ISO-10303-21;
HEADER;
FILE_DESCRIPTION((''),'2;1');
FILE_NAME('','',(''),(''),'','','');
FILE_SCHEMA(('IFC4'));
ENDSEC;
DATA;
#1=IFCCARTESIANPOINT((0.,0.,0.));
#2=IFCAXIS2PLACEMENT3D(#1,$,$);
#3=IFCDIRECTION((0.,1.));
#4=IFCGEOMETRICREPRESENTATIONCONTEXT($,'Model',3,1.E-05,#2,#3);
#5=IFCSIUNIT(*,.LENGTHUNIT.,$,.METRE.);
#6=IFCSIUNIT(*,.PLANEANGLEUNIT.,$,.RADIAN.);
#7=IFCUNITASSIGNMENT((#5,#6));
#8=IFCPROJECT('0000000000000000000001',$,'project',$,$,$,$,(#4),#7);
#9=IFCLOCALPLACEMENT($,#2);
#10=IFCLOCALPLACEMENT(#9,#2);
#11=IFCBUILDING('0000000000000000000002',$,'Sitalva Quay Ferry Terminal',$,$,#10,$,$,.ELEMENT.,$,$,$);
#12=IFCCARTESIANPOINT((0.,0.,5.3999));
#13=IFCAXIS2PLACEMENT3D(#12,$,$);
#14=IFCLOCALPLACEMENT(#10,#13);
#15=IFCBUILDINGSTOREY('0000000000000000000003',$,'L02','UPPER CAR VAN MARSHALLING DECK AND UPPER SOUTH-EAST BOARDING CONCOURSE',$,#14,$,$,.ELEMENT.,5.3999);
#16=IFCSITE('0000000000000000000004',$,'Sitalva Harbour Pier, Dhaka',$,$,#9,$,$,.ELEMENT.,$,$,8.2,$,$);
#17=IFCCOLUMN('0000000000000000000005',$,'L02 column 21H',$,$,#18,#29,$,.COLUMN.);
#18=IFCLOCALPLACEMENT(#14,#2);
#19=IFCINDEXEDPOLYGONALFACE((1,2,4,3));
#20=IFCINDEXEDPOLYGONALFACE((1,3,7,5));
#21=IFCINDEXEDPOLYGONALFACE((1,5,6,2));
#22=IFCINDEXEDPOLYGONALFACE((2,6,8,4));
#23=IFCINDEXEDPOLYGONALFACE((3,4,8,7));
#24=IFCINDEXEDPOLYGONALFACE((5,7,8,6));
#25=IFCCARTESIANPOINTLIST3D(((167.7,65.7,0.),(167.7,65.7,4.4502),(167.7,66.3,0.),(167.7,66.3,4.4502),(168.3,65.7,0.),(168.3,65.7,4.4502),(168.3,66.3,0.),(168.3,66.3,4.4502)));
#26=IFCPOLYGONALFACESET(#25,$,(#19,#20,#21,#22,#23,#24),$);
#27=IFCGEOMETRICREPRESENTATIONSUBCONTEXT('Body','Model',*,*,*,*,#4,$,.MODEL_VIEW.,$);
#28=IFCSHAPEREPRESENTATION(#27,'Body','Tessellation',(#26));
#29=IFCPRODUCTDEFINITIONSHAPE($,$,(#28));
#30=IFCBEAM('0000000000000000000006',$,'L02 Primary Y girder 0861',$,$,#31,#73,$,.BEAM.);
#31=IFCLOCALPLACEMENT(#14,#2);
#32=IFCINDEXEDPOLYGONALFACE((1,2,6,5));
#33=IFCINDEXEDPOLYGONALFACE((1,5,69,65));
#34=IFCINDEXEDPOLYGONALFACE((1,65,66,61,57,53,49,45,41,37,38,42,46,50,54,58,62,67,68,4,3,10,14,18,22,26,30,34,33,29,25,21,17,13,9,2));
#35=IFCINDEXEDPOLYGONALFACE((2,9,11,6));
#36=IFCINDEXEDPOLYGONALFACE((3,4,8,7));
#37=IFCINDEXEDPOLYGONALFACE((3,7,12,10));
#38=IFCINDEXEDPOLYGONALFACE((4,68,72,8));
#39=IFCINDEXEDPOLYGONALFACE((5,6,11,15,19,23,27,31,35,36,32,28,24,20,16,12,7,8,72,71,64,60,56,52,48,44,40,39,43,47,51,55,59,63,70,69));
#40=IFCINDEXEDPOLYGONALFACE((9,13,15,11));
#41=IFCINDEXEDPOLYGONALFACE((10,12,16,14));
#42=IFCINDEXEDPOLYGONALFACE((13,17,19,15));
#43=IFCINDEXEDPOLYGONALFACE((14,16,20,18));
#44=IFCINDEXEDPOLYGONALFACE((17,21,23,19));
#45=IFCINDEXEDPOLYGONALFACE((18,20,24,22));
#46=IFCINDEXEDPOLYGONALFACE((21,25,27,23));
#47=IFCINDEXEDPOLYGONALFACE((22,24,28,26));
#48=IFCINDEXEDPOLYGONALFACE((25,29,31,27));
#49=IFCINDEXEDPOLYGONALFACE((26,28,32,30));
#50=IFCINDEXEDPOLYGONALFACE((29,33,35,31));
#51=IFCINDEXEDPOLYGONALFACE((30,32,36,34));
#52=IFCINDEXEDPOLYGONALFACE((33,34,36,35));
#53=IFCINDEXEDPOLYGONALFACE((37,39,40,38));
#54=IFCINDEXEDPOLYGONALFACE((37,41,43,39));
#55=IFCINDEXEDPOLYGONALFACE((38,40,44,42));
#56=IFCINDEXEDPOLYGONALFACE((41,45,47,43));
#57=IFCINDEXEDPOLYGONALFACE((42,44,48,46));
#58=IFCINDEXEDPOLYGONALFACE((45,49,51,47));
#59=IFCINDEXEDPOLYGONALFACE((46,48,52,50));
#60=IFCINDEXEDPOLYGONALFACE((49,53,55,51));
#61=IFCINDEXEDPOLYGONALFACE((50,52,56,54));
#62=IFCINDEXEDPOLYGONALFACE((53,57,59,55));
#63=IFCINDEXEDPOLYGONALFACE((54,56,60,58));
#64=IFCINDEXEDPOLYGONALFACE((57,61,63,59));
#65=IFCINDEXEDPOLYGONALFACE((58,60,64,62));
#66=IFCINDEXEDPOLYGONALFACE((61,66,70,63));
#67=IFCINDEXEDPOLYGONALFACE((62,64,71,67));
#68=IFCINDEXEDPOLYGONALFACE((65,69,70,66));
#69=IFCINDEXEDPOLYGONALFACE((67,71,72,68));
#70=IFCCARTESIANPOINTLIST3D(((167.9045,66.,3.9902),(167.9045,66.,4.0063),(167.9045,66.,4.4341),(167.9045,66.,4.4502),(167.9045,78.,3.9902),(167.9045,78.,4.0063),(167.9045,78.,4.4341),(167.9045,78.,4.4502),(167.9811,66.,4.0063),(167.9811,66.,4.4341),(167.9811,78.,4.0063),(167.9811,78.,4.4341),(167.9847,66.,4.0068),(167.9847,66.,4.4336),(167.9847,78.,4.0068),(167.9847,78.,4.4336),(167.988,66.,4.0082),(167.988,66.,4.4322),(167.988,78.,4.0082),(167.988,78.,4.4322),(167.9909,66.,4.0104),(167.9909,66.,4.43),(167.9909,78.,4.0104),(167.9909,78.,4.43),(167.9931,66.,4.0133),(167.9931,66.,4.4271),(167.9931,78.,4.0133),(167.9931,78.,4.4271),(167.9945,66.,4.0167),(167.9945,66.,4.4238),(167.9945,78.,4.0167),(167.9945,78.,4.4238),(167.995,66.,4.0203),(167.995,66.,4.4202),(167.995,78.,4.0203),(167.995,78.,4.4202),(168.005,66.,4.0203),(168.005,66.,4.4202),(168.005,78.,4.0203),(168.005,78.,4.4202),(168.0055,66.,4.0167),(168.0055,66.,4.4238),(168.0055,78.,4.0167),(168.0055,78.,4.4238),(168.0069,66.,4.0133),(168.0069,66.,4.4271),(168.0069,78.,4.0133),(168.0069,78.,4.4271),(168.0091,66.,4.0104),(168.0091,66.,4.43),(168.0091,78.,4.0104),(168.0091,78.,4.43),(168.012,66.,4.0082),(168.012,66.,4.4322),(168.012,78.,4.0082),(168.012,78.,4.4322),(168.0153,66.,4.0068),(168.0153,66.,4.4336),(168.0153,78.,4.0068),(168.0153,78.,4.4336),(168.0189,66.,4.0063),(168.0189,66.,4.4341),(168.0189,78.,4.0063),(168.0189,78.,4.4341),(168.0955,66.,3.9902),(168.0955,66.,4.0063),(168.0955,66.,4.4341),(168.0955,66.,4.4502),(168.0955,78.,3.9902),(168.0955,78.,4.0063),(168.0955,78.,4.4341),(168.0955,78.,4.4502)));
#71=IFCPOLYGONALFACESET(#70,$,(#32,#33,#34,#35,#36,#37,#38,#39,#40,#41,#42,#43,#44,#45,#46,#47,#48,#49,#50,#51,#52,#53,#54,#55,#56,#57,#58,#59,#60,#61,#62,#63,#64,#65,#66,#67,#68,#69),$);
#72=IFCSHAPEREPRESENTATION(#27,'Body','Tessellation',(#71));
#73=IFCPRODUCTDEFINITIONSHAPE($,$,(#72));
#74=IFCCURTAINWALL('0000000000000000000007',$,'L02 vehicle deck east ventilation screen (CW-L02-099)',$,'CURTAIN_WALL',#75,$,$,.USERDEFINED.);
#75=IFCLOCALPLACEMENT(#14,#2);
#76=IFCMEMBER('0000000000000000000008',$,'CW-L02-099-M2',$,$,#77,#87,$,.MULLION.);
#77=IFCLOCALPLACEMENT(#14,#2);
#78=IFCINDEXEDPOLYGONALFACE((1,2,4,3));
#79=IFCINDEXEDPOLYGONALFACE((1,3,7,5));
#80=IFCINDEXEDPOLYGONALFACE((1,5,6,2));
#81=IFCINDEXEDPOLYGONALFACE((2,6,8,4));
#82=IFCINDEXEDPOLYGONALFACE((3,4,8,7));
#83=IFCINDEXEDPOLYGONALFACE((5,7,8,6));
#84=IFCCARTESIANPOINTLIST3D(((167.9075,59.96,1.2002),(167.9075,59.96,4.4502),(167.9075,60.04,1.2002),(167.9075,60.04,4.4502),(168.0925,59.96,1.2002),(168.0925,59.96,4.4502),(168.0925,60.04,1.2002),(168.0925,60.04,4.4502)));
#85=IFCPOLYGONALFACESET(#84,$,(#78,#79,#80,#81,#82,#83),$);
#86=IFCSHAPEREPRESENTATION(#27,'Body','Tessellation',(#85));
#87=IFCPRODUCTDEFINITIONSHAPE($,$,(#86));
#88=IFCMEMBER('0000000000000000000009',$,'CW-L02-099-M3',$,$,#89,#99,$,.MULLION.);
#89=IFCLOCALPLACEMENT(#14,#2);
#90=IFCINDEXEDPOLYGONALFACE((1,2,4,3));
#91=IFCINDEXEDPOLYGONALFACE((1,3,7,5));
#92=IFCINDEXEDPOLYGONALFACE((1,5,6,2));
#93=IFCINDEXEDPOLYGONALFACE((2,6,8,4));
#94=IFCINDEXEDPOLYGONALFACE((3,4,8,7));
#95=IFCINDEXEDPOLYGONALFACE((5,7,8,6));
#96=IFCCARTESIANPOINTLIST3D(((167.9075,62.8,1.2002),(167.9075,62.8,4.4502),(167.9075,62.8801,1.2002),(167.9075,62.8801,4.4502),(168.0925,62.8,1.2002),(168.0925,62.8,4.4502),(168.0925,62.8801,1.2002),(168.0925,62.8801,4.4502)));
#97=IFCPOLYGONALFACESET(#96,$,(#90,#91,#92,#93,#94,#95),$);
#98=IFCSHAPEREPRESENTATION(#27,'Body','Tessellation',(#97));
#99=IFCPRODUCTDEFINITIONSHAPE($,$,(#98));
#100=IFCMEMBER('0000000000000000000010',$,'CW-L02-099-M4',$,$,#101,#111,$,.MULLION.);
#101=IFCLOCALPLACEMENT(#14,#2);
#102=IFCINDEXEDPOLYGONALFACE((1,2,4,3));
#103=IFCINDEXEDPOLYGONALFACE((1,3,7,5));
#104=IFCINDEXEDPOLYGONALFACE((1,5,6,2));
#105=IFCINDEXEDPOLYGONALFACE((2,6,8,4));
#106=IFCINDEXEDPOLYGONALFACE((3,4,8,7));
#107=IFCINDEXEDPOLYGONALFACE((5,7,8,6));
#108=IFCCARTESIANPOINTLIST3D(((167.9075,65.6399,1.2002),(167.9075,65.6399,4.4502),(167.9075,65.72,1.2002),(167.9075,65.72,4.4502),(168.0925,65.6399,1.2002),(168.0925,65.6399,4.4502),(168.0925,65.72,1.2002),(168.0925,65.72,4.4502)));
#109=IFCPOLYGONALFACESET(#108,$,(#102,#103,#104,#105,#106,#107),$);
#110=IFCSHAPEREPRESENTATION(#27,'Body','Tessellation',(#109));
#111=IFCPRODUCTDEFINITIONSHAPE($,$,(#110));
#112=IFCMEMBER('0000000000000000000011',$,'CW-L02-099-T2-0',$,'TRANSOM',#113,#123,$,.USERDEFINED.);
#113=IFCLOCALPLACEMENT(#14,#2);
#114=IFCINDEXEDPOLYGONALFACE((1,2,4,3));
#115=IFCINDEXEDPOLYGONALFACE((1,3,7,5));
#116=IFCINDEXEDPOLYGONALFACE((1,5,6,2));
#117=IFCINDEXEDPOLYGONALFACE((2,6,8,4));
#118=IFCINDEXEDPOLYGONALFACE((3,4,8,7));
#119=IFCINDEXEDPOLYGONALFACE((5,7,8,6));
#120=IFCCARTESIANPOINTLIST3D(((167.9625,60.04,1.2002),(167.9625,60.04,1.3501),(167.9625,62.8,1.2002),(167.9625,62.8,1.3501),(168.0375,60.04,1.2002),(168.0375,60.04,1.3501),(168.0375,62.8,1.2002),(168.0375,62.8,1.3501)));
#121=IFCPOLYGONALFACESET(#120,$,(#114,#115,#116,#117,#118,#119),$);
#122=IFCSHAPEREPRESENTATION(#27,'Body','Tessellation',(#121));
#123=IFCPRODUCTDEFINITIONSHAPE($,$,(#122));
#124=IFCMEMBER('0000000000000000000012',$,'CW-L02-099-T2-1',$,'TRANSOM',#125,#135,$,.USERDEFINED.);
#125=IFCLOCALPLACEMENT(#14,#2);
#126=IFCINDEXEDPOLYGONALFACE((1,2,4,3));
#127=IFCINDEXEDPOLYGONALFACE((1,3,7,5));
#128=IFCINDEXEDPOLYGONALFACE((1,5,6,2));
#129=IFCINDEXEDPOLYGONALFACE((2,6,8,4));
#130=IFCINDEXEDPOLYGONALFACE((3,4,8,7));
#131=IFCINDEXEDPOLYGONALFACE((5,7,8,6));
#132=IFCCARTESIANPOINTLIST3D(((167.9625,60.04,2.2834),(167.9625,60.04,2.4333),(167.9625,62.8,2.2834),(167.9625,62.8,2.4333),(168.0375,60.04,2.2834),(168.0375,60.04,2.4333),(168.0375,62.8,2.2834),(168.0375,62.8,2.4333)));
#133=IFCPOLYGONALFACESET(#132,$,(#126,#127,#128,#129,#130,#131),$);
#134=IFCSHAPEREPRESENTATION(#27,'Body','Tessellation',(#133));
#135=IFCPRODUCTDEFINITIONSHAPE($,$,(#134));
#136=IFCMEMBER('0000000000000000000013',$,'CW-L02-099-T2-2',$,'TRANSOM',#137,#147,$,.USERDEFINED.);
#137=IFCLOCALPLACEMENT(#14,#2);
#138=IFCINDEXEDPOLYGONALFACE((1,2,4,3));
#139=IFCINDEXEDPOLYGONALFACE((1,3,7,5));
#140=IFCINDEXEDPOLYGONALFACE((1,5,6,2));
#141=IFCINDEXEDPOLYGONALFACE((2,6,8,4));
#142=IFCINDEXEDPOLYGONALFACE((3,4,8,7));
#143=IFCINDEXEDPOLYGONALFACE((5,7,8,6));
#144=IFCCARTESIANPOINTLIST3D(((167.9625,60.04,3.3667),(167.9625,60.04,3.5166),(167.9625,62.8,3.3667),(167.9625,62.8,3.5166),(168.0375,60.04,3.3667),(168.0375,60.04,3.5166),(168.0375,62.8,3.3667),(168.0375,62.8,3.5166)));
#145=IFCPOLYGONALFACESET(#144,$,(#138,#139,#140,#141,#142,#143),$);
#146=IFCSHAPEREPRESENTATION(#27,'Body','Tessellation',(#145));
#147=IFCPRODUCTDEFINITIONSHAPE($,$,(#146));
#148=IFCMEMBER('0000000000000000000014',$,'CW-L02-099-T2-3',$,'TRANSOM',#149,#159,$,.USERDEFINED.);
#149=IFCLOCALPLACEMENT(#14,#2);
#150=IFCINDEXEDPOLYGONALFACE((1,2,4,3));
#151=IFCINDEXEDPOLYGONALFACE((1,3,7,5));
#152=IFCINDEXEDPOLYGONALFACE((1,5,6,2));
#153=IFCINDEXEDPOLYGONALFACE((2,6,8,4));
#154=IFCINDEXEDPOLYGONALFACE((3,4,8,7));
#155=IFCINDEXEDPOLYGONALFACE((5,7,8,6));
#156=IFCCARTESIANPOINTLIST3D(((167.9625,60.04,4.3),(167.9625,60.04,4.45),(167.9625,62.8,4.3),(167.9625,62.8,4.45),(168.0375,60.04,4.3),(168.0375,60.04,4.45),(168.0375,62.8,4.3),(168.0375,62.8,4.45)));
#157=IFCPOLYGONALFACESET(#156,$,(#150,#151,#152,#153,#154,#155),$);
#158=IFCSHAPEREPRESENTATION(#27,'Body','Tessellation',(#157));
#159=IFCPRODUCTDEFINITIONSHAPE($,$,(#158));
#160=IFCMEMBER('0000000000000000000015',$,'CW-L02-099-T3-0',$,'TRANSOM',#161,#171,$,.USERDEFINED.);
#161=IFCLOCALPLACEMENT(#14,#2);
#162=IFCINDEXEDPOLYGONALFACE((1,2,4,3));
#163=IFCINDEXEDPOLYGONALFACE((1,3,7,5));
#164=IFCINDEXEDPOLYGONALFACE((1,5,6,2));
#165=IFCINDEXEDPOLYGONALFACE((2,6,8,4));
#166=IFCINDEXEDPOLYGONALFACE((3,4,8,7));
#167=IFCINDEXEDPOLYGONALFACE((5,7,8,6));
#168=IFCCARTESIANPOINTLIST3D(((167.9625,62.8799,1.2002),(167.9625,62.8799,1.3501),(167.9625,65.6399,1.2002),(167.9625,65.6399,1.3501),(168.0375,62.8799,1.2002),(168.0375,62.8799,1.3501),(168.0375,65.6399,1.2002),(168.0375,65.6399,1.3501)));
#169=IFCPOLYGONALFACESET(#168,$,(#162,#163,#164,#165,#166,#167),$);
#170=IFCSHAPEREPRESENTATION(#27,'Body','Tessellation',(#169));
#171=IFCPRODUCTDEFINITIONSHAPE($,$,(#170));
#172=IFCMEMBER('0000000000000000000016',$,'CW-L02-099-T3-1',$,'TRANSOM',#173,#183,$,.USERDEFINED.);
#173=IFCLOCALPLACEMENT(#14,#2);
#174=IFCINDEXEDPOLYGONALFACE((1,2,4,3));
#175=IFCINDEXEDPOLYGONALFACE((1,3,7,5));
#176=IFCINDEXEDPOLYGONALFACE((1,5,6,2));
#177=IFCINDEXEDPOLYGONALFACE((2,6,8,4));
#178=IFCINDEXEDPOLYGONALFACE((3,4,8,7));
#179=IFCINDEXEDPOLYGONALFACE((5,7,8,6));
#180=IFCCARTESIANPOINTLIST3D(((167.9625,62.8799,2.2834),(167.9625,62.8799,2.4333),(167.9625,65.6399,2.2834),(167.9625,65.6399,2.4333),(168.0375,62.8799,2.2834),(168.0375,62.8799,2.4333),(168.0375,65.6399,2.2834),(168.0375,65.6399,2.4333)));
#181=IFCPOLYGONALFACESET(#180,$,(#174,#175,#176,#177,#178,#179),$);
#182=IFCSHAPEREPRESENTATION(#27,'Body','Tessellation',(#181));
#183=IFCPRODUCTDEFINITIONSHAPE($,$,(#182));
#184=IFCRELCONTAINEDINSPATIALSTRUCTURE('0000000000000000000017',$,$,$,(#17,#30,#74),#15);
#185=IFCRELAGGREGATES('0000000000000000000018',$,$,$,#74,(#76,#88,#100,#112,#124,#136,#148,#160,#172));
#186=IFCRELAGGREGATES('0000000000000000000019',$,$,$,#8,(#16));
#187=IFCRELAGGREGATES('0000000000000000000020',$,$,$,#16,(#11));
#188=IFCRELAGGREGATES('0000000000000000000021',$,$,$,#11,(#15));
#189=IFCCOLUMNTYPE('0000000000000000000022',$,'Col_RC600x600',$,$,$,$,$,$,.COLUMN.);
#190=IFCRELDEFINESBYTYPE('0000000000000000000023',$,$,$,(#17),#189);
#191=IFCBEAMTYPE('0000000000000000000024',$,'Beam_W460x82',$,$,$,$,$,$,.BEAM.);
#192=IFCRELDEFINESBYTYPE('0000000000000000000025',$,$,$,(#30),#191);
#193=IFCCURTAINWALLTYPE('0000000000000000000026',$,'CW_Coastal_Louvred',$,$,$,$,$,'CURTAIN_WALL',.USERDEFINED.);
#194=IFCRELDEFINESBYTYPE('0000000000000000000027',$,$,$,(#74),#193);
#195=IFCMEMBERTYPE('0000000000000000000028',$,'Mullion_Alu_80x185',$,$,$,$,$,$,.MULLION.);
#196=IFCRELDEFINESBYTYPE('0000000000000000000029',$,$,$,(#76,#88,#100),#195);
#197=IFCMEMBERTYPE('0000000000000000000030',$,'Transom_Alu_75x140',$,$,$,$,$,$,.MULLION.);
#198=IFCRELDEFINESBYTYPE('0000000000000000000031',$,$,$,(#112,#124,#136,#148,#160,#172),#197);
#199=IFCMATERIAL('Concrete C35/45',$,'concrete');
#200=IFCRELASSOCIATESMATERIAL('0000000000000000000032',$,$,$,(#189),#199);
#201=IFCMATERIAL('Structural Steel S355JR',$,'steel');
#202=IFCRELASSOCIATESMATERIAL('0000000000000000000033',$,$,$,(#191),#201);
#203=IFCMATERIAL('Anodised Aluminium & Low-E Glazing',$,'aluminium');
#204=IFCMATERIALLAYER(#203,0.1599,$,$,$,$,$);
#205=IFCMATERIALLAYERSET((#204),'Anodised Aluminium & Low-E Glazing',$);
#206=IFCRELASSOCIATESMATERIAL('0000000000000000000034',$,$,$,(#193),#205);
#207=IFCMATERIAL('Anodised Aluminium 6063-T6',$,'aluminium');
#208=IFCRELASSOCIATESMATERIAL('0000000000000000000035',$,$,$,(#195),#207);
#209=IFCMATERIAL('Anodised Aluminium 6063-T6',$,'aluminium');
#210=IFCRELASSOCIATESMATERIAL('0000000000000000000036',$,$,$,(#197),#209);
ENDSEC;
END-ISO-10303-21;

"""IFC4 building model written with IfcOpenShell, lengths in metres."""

from ifc_helpers import new_model, si_unit, direction, frame, origin, origin_2d, place, context, subcontext, project, spatial, rectangle, i_section, extrude, material, layer, layer_set, material_profile, profile_set, type_object, element, aggregate, save


model = new_model("IFC4")

# Units and contexts
model_context = context("Model", 3, precision=1e-05, world=origin(), true_north=direction((0.0, 1.0)))
body_context = subcontext(model_context, "Body", "Model", "MODEL_VIEW")
ifc_project = project(units=[si_unit("LENGTHUNIT", "METRE"), si_unit("PLANEANGLEUNIT", "RADIAN")], contexts=[model_context])

# Site, building, storey
site_placement = place(None, origin())
site = spatial("IfcSite", under=ifc_project, at=site_placement, Name="Sitalva Harbour Pier, Dhaka", CompositionType="ELEMENT", RefElevation=8.2)
building_placement = place(site_placement, origin())
building = spatial("IfcBuilding", under=site, at=building_placement, Name="Sitalva Quay Ferry Terminal", CompositionType="ELEMENT")
storey_placement = place(building_placement, frame((0.0, 0.0, 5.3999)))
storey = spatial("IfcBuildingStorey", under=building, at=storey_placement, Name="L02", Description="UPPER CAR VAN MARSHALLING DECK AND UPPER SOUTH-EAST BOARDING CONCOURSE", CompositionType="ELEMENT", Elevation=5.3999)

# Column
ifc_material_1 = material(Name="Concrete C35/45", Category="concrete")
ifc_material_profile_1 = material_profile(ifc_material_1, rectangle(XDim=0.6001, YDim=0.6001, at=origin_2d()), Name="RC600x600")
ifc_profile_set_1 = profile_set([ifc_material_profile_1], Name="Concrete C35/45")
column_type = type_object("IfcColumnType", Name="Col_RC600x600", PredefinedType="COLUMN", material=ifc_profile_set_1)
column_placement = place(storey_placement, frame((168.0, 66.0, 0.0), z_axis=(0.0, 0.0, 1.0), x_axis=(1.0, 0.0, 0.0)))
element("IfcColumn", 1, at=column_placement, inside=storey, type_object=column_type, Name="L02 column 21H", PredefinedType="COLUMN", context=body_context, shape_type="SweptSolid", body=[
    extrude(rectangle(XDim=0.6001, YDim=0.6001, at=origin_2d()), origin(), (0.0, 0.0, 1.0), 4.4502),
])

# Beam
ifc_material_2 = material(Name="Structural Steel S355JR", Category="steel")
ifc_material_profile_2 = material_profile(ifc_material_2, i_section(OverallWidth=0.1909, OverallDepth=0.46, WebThickness=0.01, FlangeThickness=0.0161, FilletRadius=0.0139, at=origin_2d()), Name="W460x82")
ifc_profile_set_2 = profile_set([ifc_material_profile_2], Name="Structural Steel S355JR")
beam_type = type_object("IfcBeamType", Name="Beam_W460x82", PredefinedType="BEAM", material=ifc_profile_set_2)
beam_placement = place(storey_placement, frame((168.0, 66.0, 4.2202), z_axis=(0.0, 1.0, 0.0), x_axis=(-1.0, 0.0, 0.0)))
element("IfcBeam", 2, at=beam_placement, inside=storey, type_object=beam_type, Name="L02 Primary Y girder 0861", PredefinedType="BEAM", context=body_context, shape_type="SweptSolid", body=[
    extrude(i_section(OverallWidth=0.1909, OverallDepth=0.46, WebThickness=0.01, FlangeThickness=0.0161, FilletRadius=0.0139, at=origin_2d()), origin(), (0.0, 0.0, 1.0), 12.0),
])

# Curtain wall, members
ifc_material_3 = material(Name="Anodised Aluminium & Low-E Glazing", Category="aluminium")
ifc_layer_1 = layer(ifc_material_3, 0.1599)
ifc_layer_set_1 = layer_set([ifc_layer_1], Name="Anodised Aluminium & Low-E Glazing")
curtain_wall_type = type_object("IfcCurtainWallType", Name="CW_Coastal_Louvred", ElementType="CURTAIN_WALL", PredefinedType="USERDEFINED", material=ifc_layer_set_1)
curtain_wall_placement = place(storey_placement, origin())
curtain_wall = element("IfcCurtainWall", 3, at=curtain_wall_placement, inside=storey, type_object=curtain_wall_type, Name="L02 vehicle deck east ventilation screen (CW-L02-099)", ObjectType="CURTAIN_WALL", PredefinedType="USERDEFINED")
ifc_material_4 = material(Name="Anodised Aluminium 6063-T6", Category="aluminium")
ifc_material_profile_3 = material_profile(ifc_material_4, rectangle(XDim=0.0801, YDim=0.1851, at=origin_2d()), Name="ALU80x185")
ifc_profile_set_3 = profile_set([ifc_material_profile_3], Name="Anodised Aluminium 6063-T6")
member_type_1 = type_object("IfcMemberType", Name="Mullion_Alu_80x185", PredefinedType="MULLION", material=ifc_profile_set_3)
member_1_placement = place(storey_placement, frame((168.0, 60.0, 1.2002), z_axis=(0.0, 0.0, 1.0), x_axis=(0.0, 1.0, 0.0)))
member_1 = element("IfcMember", 4, at=member_1_placement, type_object=member_type_1, Name="CW-L02-099-M2", PredefinedType="MULLION", context=body_context, shape_type="SweptSolid", body=[
    extrude(rectangle(XDim=0.0801, YDim=0.1851, at=origin_2d()), origin(), (0.0, 0.0, 1.0), 3.25),
])
member_2_placement = place(storey_placement, frame((168.0, 62.8401, 1.2002), z_axis=(0.0, 0.0, 1.0), x_axis=(0.0, 1.0, 0.0)))
member_2 = element("IfcMember", 5, at=member_2_placement, type_object=member_type_1, Name="CW-L02-099-M3", PredefinedType="MULLION", context=body_context, shape_type="SweptSolid", body=[
    extrude(rectangle(XDim=0.0801, YDim=0.1851, at=origin_2d()), origin(), (0.0, 0.0, 1.0), 3.25),
])
member_3_placement = place(storey_placement, frame((168.0, 65.6799, 1.2002), z_axis=(0.0, 0.0, 1.0), x_axis=(0.0, 1.0, 0.0)))
member_3 = element("IfcMember", 6, at=member_3_placement, type_object=member_type_1, Name="CW-L02-099-M4", PredefinedType="MULLION", context=body_context, shape_type="SweptSolid", body=[
    extrude(rectangle(XDim=0.0801, YDim=0.1851, at=origin_2d()), origin(), (0.0, 0.0, 1.0), 3.25),
])
ifc_material_5 = material(Name="Anodised Aluminium 6063-T6", Category="aluminium")
ifc_material_profile_4 = material_profile(ifc_material_5, rectangle(XDim=0.075, YDim=0.1499, at=origin_2d()), Name="ALU75x150")
ifc_profile_set_4 = profile_set([ifc_material_profile_4], Name="Anodised Aluminium 6063-T6")
member_type_2 = type_object("IfcMemberType", Name="Transom_Alu_75x140", PredefinedType="MULLION", material=ifc_profile_set_4)
member_4_placement = place(storey_placement, frame((168.0, 60.04, 1.2751), z_axis=(0.0, 1.0, 0.0), x_axis=(-1.0, 0.0, 0.0)))
member_4 = element("IfcMember", 7, at=member_4_placement, type_object=member_type_2, Name="CW-L02-099-T2-0", ObjectType="TRANSOM", PredefinedType="USERDEFINED", context=body_context, shape_type="SweptSolid", body=[
    extrude(rectangle(XDim=0.075, YDim=0.1499, at=origin_2d()), origin(), (0.0, 0.0, 1.0), 2.76),
])
member_5_placement = place(storey_placement, frame((168.0, 60.04, 2.3584), z_axis=(0.0, 1.0, 0.0), x_axis=(-1.0, 0.0, 0.0)))
member_5 = element("IfcMember", 8, at=member_5_placement, type_object=member_type_2, Name="CW-L02-099-T2-1", ObjectType="TRANSOM", PredefinedType="USERDEFINED", context=body_context, shape_type="SweptSolid", body=[
    extrude(rectangle(XDim=0.075, YDim=0.1499, at=origin_2d()), origin(), (0.0, 0.0, 1.0), 2.76),
])
member_6_placement = place(storey_placement, frame((168.0, 60.04, 3.4417), z_axis=(0.0, 1.0, 0.0), x_axis=(-1.0, 0.0, 0.0)))
member_6 = element("IfcMember", 9, at=member_6_placement, type_object=member_type_2, Name="CW-L02-099-T2-2", ObjectType="TRANSOM", PredefinedType="USERDEFINED", context=body_context, shape_type="SweptSolid", body=[
    extrude(rectangle(XDim=0.075, YDim=0.1499, at=origin_2d()), origin(), (0.0, 0.0, 1.0), 2.76),
])
member_7_placement = place(storey_placement, frame((168.0, 60.04, 4.375), z_axis=(0.0, 1.0, 0.0), x_axis=(-1.0, 0.0, 0.0)))
member_7 = element("IfcMember", 10, at=member_7_placement, type_object=member_type_2, Name="CW-L02-099-T2-3", ObjectType="TRANSOM", PredefinedType="USERDEFINED", context=body_context, shape_type="SweptSolid", body=[
    extrude(rectangle(XDim=0.075, YDim=0.1499, at=origin_2d()), origin(), (0.0, 0.0, 1.0), 2.76),
])
member_8_placement = place(storey_placement, frame((168.0, 62.8799, 1.2751), z_axis=(0.0, 1.0, 0.0), x_axis=(-1.0, 0.0, 0.0)))
member_8 = element("IfcMember", 11, at=member_8_placement, type_object=member_type_2, Name="CW-L02-099-T3-0", ObjectType="TRANSOM", PredefinedType="USERDEFINED", context=body_context, shape_type="SweptSolid", body=[
    extrude(rectangle(XDim=0.075, YDim=0.1499, at=origin_2d()), origin(), (0.0, 0.0, 1.0), 2.76),
])
member_9_placement = place(storey_placement, frame((168.0, 62.8799, 2.3584), z_axis=(0.0, 1.0, 0.0), x_axis=(-1.0, 0.0, 0.0)))
member_9 = element("IfcMember", 12, at=member_9_placement, type_object=member_type_2, Name="CW-L02-099-T3-1", ObjectType="TRANSOM", PredefinedType="USERDEFINED", context=body_context, shape_type="SweptSolid", body=[
    extrude(rectangle(XDim=0.075, YDim=0.1499, at=origin_2d()), origin(), (0.0, 0.0, 1.0), 2.76),
])
aggregate(curtain_wall, [member_1, member_2, member_3, member_4, member_5, member_6, member_7, member_8, member_9])

save(model, "model.ifc")
